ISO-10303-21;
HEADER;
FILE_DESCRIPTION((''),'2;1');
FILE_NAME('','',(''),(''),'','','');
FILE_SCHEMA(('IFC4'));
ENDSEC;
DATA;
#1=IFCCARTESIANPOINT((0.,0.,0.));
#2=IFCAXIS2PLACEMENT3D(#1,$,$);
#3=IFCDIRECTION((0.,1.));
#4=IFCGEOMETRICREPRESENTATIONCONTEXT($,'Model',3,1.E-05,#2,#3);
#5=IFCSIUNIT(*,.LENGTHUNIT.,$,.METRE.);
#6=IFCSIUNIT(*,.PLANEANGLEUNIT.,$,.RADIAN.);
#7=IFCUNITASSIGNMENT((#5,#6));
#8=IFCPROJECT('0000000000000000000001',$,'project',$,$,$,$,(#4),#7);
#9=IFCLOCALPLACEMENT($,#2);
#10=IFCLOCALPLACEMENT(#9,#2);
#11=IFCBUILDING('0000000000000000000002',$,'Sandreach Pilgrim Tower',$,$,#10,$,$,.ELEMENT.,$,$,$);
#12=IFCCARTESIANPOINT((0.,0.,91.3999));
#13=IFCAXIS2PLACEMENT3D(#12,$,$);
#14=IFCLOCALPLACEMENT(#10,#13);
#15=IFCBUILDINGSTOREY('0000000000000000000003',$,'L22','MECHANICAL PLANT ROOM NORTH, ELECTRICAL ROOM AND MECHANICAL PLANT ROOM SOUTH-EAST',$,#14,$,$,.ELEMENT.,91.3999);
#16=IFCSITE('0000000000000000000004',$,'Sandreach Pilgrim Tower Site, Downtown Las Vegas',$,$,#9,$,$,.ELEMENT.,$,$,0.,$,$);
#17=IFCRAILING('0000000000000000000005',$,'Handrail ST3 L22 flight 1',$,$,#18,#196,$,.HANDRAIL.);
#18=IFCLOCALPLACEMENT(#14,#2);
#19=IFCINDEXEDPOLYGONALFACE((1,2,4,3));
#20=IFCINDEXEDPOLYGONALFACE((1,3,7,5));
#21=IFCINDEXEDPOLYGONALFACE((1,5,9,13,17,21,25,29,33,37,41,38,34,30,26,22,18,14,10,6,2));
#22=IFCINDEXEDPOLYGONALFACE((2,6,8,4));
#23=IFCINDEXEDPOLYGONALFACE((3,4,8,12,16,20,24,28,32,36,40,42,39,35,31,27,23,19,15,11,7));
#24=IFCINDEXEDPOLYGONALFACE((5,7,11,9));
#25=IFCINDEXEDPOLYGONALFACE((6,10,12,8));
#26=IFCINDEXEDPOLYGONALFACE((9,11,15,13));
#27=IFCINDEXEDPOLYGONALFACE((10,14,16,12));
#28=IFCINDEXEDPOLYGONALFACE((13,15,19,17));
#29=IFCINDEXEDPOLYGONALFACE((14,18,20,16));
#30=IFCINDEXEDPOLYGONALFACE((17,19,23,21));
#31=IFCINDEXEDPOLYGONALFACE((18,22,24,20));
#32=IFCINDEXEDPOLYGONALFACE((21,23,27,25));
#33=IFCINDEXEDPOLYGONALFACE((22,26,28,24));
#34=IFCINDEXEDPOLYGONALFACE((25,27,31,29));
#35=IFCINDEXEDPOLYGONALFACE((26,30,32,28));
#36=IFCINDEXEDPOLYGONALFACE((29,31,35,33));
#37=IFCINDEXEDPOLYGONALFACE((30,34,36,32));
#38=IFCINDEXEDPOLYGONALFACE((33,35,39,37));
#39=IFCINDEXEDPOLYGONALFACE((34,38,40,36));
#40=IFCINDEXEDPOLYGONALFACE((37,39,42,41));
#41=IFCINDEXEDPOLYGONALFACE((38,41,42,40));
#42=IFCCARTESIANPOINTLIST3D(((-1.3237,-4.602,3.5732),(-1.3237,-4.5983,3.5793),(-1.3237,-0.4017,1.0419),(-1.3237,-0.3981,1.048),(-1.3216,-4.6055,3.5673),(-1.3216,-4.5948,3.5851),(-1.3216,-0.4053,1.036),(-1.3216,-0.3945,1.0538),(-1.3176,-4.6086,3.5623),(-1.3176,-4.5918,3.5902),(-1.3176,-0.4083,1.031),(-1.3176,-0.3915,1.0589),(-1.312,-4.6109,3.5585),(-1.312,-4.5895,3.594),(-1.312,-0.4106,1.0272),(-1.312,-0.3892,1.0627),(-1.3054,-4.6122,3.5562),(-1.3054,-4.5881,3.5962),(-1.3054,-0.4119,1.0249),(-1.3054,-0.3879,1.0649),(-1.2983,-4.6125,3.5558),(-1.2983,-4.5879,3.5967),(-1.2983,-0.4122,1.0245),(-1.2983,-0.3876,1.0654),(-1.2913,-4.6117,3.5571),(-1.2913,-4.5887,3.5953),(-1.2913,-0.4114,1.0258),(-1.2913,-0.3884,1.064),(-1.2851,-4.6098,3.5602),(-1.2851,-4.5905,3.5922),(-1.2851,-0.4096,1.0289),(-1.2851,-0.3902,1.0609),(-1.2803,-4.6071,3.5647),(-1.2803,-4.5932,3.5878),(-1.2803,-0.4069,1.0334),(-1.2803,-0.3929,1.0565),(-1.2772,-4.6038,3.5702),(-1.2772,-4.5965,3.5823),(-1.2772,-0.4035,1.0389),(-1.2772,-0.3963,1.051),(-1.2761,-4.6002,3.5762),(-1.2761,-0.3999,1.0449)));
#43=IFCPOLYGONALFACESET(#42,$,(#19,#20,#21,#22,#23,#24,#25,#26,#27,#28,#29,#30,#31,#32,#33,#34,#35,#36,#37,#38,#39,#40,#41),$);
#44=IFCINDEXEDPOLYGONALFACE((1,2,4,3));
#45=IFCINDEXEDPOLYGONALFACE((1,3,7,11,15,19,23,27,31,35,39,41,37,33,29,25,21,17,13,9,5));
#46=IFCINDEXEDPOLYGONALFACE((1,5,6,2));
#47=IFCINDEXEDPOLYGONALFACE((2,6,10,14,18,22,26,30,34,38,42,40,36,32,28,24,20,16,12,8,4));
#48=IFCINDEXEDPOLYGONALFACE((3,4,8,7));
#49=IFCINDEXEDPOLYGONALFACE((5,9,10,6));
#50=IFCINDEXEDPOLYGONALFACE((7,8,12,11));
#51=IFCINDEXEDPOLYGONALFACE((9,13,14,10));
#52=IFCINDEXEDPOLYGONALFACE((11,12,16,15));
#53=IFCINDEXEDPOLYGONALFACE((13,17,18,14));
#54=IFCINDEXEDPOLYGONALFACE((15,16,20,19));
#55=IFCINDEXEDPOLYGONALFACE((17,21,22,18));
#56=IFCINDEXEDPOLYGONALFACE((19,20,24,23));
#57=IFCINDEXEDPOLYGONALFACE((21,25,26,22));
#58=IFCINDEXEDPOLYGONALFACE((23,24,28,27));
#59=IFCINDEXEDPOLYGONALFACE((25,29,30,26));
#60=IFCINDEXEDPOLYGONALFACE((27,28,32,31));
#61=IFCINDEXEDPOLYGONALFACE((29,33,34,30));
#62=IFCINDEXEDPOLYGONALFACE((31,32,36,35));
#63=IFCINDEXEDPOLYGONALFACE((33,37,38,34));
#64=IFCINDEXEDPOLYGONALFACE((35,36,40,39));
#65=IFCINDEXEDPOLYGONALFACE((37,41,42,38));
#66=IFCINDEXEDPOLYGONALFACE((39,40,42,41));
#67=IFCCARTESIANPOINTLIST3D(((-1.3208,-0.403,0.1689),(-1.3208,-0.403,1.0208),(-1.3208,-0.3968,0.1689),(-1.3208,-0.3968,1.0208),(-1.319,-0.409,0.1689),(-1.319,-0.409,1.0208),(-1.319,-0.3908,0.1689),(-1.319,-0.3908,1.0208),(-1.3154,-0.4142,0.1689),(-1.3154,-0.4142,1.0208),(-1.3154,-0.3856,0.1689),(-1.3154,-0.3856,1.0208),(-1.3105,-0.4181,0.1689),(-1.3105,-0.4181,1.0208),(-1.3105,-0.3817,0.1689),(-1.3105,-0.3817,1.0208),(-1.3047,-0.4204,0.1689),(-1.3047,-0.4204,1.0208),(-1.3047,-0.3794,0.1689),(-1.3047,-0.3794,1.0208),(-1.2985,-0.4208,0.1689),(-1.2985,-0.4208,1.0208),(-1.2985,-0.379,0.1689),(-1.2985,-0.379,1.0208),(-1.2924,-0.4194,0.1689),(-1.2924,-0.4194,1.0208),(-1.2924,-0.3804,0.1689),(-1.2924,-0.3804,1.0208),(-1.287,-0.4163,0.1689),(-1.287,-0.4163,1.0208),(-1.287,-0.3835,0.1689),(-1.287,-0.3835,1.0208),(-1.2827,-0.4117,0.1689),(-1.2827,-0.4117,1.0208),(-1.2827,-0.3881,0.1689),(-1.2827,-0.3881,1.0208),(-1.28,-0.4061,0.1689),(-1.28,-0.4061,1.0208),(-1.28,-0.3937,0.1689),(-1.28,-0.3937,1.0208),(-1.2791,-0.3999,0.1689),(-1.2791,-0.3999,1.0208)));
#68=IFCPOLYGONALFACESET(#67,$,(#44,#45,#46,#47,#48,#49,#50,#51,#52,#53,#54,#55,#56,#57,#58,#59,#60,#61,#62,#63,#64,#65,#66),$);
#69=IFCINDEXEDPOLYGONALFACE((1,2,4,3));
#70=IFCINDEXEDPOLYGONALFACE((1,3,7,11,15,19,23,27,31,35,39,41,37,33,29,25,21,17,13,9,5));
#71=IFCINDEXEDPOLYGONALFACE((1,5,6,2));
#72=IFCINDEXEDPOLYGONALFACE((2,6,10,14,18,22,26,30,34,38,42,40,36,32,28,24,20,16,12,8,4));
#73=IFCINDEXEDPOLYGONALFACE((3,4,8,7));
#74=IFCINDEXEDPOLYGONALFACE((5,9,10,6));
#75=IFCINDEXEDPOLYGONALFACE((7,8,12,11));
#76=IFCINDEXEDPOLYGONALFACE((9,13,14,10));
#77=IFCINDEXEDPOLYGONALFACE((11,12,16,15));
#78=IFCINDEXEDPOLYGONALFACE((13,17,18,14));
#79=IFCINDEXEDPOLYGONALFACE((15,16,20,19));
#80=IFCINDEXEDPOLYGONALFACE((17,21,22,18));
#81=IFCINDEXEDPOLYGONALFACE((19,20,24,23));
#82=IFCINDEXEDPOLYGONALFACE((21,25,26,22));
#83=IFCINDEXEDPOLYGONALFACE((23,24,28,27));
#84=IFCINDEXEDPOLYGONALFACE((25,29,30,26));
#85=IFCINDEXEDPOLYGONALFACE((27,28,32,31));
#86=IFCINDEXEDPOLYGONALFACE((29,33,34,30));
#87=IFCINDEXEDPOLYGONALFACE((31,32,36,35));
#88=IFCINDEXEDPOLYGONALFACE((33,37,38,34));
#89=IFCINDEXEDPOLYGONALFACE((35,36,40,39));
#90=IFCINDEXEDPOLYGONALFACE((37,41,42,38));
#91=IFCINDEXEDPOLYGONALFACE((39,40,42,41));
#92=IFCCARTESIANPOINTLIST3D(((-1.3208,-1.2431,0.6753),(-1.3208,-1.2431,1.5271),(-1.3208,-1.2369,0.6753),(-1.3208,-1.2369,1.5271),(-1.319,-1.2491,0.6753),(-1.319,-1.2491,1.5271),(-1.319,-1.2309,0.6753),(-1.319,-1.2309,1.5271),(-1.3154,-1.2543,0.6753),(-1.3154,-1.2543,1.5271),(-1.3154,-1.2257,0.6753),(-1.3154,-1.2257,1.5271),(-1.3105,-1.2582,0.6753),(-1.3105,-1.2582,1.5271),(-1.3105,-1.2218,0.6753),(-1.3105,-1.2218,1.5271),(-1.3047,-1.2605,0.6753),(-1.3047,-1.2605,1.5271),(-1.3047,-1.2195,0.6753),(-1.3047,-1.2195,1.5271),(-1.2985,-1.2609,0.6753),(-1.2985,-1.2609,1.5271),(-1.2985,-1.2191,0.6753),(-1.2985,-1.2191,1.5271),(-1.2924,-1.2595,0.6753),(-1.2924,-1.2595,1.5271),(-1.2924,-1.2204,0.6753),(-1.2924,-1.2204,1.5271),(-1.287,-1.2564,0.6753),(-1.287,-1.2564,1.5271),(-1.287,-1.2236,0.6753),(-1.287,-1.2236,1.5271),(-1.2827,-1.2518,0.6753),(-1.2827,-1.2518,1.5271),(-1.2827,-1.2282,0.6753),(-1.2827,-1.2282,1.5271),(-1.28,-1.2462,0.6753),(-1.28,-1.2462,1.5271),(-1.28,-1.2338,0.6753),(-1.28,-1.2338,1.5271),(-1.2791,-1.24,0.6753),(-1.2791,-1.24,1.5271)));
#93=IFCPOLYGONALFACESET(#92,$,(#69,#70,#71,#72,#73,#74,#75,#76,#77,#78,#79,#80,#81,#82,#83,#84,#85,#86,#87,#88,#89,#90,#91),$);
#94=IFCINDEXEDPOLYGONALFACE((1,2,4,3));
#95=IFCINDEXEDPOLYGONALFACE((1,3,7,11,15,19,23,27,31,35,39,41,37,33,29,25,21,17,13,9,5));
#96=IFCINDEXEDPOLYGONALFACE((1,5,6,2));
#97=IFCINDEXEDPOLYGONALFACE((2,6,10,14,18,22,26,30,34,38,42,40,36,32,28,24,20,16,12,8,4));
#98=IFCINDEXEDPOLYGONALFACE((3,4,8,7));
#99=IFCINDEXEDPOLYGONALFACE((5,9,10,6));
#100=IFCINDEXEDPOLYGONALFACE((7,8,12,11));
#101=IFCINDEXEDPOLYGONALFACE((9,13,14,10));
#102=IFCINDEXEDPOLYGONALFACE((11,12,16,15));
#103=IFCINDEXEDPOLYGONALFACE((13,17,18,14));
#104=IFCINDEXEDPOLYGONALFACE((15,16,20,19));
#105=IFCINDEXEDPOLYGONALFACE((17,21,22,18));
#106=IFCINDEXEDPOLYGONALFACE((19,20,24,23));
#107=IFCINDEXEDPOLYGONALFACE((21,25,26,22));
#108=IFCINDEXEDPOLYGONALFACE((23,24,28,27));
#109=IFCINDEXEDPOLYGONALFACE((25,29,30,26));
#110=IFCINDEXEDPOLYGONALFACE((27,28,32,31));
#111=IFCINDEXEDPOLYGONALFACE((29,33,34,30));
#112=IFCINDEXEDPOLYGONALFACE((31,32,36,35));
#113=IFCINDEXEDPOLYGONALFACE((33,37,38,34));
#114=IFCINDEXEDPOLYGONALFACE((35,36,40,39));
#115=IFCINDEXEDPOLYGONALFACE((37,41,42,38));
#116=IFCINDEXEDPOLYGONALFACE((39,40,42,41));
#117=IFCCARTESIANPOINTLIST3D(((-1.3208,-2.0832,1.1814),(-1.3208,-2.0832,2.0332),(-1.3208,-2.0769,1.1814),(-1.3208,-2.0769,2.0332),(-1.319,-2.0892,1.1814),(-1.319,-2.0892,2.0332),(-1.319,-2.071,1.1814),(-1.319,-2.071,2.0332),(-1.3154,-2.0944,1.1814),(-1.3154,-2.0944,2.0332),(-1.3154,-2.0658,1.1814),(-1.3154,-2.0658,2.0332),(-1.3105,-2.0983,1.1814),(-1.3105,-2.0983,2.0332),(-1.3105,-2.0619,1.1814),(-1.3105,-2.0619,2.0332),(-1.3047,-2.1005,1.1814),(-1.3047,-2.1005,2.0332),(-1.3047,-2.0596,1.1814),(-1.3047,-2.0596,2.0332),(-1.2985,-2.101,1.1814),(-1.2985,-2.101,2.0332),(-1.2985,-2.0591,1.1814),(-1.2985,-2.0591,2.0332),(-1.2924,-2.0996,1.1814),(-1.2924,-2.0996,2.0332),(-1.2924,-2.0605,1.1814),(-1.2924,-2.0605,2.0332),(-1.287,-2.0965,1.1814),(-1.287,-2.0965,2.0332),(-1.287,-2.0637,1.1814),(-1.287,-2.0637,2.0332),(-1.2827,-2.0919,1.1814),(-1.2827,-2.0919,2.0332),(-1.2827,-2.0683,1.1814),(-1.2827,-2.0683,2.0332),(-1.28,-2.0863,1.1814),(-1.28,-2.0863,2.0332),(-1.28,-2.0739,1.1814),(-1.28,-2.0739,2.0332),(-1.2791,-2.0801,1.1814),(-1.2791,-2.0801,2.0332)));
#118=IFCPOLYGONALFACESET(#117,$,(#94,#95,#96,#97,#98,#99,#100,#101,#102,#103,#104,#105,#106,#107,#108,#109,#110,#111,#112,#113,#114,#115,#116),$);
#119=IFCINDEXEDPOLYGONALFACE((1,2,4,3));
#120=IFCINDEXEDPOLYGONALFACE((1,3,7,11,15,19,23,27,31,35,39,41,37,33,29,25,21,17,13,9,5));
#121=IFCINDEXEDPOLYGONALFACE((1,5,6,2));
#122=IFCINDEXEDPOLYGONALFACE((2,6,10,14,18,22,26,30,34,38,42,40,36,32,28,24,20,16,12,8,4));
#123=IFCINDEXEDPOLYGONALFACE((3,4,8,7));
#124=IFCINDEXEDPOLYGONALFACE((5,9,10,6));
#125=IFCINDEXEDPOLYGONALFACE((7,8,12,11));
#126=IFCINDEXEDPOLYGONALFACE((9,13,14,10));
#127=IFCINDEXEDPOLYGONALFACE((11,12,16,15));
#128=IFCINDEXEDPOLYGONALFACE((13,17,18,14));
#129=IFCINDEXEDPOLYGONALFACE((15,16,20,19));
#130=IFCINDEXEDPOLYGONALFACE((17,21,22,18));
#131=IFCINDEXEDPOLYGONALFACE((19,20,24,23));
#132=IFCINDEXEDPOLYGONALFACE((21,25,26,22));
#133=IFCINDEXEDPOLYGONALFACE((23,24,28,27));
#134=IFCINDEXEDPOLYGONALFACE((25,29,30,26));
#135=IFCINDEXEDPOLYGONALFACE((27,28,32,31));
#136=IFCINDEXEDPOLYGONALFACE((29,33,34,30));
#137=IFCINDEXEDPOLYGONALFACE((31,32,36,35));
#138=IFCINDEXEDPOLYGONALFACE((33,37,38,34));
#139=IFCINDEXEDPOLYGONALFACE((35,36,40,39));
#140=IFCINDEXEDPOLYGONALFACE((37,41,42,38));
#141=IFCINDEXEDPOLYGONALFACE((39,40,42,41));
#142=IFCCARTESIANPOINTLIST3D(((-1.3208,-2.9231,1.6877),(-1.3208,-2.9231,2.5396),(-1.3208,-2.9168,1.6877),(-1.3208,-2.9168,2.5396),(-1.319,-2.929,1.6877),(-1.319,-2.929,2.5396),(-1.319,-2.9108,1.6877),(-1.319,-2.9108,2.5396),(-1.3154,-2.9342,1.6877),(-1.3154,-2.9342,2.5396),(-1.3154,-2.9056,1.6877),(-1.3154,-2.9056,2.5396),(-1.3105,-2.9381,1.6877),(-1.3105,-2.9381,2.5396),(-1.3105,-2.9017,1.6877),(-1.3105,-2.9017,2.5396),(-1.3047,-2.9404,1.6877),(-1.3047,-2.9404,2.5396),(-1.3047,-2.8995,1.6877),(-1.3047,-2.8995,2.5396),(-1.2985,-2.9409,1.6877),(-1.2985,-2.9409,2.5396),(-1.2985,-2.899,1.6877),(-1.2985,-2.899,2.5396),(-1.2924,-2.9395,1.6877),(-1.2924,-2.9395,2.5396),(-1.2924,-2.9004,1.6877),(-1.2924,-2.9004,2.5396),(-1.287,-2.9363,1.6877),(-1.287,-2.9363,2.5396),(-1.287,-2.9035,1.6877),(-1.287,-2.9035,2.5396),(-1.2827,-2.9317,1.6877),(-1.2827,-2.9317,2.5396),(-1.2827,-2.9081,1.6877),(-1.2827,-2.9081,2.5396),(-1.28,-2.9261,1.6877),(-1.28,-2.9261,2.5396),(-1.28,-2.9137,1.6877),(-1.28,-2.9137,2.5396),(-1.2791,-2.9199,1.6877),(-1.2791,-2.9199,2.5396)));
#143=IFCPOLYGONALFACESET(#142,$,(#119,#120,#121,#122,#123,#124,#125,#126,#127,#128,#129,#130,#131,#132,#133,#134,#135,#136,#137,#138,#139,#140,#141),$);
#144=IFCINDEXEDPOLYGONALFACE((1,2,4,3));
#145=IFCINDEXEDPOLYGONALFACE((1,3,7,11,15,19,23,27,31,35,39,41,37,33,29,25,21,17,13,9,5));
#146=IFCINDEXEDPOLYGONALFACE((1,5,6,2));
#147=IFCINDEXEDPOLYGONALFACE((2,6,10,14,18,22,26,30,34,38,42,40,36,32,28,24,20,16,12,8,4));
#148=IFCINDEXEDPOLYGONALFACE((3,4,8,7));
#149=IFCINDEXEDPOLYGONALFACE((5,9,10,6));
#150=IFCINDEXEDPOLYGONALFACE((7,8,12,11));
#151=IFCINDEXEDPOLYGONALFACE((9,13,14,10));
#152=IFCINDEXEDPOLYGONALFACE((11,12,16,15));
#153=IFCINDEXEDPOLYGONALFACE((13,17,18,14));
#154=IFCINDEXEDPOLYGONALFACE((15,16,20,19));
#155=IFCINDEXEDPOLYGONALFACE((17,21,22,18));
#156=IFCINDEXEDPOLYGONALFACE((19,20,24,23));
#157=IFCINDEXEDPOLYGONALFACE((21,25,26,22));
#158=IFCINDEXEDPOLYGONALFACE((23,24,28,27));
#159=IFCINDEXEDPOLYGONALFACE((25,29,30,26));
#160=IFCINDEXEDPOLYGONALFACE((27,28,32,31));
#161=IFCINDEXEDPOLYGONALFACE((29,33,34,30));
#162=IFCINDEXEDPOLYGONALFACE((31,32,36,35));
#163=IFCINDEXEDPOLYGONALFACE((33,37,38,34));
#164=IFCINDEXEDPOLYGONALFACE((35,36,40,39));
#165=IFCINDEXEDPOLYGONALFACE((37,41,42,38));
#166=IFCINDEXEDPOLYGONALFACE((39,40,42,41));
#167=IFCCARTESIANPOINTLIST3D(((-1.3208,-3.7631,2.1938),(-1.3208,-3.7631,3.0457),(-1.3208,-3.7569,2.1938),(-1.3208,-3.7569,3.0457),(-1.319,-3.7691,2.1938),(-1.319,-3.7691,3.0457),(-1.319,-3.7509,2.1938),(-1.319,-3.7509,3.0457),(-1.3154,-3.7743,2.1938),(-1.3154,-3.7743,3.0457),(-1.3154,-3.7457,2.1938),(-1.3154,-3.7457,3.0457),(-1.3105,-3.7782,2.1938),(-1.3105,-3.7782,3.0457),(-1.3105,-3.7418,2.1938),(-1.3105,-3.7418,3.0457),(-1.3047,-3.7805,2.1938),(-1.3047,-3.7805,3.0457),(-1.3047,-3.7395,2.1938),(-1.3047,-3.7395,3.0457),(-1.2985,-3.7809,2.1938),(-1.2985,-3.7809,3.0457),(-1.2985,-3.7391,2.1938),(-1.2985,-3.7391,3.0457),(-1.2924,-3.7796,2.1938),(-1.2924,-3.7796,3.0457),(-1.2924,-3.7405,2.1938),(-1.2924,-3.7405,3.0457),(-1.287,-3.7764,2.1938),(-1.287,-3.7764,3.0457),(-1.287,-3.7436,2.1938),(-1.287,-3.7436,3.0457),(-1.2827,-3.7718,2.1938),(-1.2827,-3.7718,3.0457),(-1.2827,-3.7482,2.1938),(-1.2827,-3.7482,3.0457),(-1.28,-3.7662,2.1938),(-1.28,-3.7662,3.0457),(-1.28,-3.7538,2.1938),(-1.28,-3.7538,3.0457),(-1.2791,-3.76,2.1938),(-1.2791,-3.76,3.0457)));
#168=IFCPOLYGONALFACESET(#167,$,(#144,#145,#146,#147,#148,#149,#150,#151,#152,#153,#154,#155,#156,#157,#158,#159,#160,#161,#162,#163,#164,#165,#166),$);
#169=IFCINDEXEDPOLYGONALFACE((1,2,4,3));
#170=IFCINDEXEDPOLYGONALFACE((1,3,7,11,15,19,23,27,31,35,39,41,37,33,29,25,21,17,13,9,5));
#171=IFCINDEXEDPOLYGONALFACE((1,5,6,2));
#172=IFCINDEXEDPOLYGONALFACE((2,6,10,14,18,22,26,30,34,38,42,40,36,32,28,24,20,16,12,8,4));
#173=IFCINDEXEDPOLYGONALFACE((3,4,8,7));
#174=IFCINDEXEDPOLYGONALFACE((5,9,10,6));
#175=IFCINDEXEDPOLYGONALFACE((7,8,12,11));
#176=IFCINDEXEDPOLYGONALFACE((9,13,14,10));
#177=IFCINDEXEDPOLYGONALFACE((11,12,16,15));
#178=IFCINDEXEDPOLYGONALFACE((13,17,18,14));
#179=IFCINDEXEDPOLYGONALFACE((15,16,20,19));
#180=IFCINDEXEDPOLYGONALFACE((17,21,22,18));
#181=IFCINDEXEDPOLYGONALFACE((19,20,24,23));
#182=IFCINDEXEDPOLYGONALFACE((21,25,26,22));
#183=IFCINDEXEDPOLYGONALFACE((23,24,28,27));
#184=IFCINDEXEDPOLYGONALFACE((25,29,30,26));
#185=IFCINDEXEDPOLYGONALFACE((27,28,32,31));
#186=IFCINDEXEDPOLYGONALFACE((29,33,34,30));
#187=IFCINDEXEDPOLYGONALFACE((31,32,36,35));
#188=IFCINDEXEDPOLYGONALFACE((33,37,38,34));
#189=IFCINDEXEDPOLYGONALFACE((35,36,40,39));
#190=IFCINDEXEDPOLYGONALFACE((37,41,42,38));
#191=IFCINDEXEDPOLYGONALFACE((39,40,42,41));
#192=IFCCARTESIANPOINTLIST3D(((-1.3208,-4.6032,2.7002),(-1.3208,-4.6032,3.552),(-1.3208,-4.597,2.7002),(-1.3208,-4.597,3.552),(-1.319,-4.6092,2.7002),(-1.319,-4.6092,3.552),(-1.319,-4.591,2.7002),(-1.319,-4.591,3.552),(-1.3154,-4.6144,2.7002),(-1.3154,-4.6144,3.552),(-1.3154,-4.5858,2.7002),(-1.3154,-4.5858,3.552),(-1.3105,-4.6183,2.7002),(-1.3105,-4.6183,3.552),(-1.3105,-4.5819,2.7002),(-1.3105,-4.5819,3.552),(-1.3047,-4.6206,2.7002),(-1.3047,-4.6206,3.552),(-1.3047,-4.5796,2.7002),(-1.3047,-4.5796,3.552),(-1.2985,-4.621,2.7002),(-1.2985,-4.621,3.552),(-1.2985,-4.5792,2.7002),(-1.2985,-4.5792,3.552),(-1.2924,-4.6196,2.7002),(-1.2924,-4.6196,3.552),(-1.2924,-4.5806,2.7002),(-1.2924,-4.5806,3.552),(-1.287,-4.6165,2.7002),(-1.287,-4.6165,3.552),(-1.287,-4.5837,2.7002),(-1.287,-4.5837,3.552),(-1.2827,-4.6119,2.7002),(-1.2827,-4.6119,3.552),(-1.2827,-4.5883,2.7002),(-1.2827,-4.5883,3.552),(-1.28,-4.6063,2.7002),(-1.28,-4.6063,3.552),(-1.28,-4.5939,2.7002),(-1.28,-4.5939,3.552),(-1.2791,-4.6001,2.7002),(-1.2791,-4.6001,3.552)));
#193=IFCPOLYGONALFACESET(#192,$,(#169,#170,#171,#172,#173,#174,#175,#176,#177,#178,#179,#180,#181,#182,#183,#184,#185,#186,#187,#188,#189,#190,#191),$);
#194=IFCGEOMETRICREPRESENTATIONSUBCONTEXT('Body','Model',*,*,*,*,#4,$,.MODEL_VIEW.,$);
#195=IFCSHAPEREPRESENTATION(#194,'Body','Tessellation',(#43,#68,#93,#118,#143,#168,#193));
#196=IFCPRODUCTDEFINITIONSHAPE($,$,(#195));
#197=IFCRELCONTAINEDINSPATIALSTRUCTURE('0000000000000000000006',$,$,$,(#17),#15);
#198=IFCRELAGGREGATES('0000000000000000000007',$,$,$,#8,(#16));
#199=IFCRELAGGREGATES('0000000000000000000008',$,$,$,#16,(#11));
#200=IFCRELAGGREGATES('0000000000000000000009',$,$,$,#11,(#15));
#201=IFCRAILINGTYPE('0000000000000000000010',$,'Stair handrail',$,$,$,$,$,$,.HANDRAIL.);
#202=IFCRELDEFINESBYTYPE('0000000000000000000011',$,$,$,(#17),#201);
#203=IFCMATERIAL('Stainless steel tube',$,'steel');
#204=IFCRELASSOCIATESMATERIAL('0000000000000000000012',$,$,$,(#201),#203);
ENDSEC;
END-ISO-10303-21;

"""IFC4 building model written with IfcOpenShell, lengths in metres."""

from ifc_helpers import new_model, si_unit, direction, frame, origin, origin_2d, place, context, subcontext, project, spatial, circle, extrude, material, type_object, element, save


model = new_model("IFC4")

# Units and contexts
model_context = context("Model", 3, precision=1e-05, world=origin(), true_north=direction((0.0, 1.0)))
body_context = subcontext(model_context, "Body", "Model", "MODEL_VIEW")
ifc_project = project(units=[si_unit("LENGTHUNIT", "METRE"), si_unit("PLANEANGLEUNIT", "RADIAN")], contexts=[model_context])

# Site, building, storey
site_placement = place(None, origin())
site = spatial("IfcSite", under=ifc_project, at=site_placement, Name="Sandreach Pilgrim Tower Site, Downtown Las Vegas", CompositionType="ELEMENT", RefElevation=0.0)
building_placement = place(site_placement, origin())
building = spatial("IfcBuilding", under=site, at=building_placement, Name="Sandreach Pilgrim Tower", CompositionType="ELEMENT")
storey_placement = place(building_placement, frame((0.0, 0.0, 91.3999)))
storey = spatial("IfcBuildingStorey", under=building, at=storey_placement, Name="L22", Description="MECHANICAL PLANT ROOM NORTH, ELECTRICAL ROOM AND MECHANICAL PLANT ROOM SOUTH-EAST", CompositionType="ELEMENT", Elevation=91.3999)

# Railing
ifc_material_1 = material(Name="Stainless steel tube", Category="steel")
railing_type = type_object("IfcRailingType", Name="Stair handrail", PredefinedType="HANDRAIL", material=ifc_material_1)
for number, where, name in (
    (1, (-1.3, -0.3999, 0.1689), "Handrail ST3 L22 flight 1"),
):
    element("IfcRailing", number, at=place(storey_placement, frame(where)), inside=storey, type_object=railing_type, Name=name, PredefinedType="HANDRAIL", context=body_context, shape_type="SweptSolid", body=[
        extrude(circle(Radius=0.0239, at=origin_2d()), frame((0.0, 0.0, 0.876), z_axis=(0.0, -0.85649, 0.516164), x_axis=(1.0, 0.0, 0.0)), (0.0, 0.0, 1.0), 4.9041),
        extrude(circle(Radius=0.021, at=origin_2d()), origin(), (0.0, 0.0, 1.0), 0.8518),
        extrude(circle(Radius=0.021, at=origin_2d()), frame((0.0, -0.8401, 0.5063)), (0.0, 0.0, 1.0), 0.8518),
        extrude(circle(Radius=0.021, at=origin_2d()), frame((0.0, -1.6802, 1.0125)), (0.0, 0.0, 1.0), 0.8518),
        extrude(circle(Radius=0.021, at=origin_2d()), frame((0.0, -2.52, 1.5188)), (0.0, 0.0, 1.0), 0.8518),
        extrude(circle(Radius=0.021, at=origin_2d()), frame((0.0, -3.3601, 2.0249)), (0.0, 0.0, 1.0), 0.8518),
        extrude(circle(Radius=0.021, at=origin_2d()), frame((0.0, -4.2002, 2.5312)), (0.0, 0.0, 1.0), 0.8518),
    ])

save(model, "model.ifc")
